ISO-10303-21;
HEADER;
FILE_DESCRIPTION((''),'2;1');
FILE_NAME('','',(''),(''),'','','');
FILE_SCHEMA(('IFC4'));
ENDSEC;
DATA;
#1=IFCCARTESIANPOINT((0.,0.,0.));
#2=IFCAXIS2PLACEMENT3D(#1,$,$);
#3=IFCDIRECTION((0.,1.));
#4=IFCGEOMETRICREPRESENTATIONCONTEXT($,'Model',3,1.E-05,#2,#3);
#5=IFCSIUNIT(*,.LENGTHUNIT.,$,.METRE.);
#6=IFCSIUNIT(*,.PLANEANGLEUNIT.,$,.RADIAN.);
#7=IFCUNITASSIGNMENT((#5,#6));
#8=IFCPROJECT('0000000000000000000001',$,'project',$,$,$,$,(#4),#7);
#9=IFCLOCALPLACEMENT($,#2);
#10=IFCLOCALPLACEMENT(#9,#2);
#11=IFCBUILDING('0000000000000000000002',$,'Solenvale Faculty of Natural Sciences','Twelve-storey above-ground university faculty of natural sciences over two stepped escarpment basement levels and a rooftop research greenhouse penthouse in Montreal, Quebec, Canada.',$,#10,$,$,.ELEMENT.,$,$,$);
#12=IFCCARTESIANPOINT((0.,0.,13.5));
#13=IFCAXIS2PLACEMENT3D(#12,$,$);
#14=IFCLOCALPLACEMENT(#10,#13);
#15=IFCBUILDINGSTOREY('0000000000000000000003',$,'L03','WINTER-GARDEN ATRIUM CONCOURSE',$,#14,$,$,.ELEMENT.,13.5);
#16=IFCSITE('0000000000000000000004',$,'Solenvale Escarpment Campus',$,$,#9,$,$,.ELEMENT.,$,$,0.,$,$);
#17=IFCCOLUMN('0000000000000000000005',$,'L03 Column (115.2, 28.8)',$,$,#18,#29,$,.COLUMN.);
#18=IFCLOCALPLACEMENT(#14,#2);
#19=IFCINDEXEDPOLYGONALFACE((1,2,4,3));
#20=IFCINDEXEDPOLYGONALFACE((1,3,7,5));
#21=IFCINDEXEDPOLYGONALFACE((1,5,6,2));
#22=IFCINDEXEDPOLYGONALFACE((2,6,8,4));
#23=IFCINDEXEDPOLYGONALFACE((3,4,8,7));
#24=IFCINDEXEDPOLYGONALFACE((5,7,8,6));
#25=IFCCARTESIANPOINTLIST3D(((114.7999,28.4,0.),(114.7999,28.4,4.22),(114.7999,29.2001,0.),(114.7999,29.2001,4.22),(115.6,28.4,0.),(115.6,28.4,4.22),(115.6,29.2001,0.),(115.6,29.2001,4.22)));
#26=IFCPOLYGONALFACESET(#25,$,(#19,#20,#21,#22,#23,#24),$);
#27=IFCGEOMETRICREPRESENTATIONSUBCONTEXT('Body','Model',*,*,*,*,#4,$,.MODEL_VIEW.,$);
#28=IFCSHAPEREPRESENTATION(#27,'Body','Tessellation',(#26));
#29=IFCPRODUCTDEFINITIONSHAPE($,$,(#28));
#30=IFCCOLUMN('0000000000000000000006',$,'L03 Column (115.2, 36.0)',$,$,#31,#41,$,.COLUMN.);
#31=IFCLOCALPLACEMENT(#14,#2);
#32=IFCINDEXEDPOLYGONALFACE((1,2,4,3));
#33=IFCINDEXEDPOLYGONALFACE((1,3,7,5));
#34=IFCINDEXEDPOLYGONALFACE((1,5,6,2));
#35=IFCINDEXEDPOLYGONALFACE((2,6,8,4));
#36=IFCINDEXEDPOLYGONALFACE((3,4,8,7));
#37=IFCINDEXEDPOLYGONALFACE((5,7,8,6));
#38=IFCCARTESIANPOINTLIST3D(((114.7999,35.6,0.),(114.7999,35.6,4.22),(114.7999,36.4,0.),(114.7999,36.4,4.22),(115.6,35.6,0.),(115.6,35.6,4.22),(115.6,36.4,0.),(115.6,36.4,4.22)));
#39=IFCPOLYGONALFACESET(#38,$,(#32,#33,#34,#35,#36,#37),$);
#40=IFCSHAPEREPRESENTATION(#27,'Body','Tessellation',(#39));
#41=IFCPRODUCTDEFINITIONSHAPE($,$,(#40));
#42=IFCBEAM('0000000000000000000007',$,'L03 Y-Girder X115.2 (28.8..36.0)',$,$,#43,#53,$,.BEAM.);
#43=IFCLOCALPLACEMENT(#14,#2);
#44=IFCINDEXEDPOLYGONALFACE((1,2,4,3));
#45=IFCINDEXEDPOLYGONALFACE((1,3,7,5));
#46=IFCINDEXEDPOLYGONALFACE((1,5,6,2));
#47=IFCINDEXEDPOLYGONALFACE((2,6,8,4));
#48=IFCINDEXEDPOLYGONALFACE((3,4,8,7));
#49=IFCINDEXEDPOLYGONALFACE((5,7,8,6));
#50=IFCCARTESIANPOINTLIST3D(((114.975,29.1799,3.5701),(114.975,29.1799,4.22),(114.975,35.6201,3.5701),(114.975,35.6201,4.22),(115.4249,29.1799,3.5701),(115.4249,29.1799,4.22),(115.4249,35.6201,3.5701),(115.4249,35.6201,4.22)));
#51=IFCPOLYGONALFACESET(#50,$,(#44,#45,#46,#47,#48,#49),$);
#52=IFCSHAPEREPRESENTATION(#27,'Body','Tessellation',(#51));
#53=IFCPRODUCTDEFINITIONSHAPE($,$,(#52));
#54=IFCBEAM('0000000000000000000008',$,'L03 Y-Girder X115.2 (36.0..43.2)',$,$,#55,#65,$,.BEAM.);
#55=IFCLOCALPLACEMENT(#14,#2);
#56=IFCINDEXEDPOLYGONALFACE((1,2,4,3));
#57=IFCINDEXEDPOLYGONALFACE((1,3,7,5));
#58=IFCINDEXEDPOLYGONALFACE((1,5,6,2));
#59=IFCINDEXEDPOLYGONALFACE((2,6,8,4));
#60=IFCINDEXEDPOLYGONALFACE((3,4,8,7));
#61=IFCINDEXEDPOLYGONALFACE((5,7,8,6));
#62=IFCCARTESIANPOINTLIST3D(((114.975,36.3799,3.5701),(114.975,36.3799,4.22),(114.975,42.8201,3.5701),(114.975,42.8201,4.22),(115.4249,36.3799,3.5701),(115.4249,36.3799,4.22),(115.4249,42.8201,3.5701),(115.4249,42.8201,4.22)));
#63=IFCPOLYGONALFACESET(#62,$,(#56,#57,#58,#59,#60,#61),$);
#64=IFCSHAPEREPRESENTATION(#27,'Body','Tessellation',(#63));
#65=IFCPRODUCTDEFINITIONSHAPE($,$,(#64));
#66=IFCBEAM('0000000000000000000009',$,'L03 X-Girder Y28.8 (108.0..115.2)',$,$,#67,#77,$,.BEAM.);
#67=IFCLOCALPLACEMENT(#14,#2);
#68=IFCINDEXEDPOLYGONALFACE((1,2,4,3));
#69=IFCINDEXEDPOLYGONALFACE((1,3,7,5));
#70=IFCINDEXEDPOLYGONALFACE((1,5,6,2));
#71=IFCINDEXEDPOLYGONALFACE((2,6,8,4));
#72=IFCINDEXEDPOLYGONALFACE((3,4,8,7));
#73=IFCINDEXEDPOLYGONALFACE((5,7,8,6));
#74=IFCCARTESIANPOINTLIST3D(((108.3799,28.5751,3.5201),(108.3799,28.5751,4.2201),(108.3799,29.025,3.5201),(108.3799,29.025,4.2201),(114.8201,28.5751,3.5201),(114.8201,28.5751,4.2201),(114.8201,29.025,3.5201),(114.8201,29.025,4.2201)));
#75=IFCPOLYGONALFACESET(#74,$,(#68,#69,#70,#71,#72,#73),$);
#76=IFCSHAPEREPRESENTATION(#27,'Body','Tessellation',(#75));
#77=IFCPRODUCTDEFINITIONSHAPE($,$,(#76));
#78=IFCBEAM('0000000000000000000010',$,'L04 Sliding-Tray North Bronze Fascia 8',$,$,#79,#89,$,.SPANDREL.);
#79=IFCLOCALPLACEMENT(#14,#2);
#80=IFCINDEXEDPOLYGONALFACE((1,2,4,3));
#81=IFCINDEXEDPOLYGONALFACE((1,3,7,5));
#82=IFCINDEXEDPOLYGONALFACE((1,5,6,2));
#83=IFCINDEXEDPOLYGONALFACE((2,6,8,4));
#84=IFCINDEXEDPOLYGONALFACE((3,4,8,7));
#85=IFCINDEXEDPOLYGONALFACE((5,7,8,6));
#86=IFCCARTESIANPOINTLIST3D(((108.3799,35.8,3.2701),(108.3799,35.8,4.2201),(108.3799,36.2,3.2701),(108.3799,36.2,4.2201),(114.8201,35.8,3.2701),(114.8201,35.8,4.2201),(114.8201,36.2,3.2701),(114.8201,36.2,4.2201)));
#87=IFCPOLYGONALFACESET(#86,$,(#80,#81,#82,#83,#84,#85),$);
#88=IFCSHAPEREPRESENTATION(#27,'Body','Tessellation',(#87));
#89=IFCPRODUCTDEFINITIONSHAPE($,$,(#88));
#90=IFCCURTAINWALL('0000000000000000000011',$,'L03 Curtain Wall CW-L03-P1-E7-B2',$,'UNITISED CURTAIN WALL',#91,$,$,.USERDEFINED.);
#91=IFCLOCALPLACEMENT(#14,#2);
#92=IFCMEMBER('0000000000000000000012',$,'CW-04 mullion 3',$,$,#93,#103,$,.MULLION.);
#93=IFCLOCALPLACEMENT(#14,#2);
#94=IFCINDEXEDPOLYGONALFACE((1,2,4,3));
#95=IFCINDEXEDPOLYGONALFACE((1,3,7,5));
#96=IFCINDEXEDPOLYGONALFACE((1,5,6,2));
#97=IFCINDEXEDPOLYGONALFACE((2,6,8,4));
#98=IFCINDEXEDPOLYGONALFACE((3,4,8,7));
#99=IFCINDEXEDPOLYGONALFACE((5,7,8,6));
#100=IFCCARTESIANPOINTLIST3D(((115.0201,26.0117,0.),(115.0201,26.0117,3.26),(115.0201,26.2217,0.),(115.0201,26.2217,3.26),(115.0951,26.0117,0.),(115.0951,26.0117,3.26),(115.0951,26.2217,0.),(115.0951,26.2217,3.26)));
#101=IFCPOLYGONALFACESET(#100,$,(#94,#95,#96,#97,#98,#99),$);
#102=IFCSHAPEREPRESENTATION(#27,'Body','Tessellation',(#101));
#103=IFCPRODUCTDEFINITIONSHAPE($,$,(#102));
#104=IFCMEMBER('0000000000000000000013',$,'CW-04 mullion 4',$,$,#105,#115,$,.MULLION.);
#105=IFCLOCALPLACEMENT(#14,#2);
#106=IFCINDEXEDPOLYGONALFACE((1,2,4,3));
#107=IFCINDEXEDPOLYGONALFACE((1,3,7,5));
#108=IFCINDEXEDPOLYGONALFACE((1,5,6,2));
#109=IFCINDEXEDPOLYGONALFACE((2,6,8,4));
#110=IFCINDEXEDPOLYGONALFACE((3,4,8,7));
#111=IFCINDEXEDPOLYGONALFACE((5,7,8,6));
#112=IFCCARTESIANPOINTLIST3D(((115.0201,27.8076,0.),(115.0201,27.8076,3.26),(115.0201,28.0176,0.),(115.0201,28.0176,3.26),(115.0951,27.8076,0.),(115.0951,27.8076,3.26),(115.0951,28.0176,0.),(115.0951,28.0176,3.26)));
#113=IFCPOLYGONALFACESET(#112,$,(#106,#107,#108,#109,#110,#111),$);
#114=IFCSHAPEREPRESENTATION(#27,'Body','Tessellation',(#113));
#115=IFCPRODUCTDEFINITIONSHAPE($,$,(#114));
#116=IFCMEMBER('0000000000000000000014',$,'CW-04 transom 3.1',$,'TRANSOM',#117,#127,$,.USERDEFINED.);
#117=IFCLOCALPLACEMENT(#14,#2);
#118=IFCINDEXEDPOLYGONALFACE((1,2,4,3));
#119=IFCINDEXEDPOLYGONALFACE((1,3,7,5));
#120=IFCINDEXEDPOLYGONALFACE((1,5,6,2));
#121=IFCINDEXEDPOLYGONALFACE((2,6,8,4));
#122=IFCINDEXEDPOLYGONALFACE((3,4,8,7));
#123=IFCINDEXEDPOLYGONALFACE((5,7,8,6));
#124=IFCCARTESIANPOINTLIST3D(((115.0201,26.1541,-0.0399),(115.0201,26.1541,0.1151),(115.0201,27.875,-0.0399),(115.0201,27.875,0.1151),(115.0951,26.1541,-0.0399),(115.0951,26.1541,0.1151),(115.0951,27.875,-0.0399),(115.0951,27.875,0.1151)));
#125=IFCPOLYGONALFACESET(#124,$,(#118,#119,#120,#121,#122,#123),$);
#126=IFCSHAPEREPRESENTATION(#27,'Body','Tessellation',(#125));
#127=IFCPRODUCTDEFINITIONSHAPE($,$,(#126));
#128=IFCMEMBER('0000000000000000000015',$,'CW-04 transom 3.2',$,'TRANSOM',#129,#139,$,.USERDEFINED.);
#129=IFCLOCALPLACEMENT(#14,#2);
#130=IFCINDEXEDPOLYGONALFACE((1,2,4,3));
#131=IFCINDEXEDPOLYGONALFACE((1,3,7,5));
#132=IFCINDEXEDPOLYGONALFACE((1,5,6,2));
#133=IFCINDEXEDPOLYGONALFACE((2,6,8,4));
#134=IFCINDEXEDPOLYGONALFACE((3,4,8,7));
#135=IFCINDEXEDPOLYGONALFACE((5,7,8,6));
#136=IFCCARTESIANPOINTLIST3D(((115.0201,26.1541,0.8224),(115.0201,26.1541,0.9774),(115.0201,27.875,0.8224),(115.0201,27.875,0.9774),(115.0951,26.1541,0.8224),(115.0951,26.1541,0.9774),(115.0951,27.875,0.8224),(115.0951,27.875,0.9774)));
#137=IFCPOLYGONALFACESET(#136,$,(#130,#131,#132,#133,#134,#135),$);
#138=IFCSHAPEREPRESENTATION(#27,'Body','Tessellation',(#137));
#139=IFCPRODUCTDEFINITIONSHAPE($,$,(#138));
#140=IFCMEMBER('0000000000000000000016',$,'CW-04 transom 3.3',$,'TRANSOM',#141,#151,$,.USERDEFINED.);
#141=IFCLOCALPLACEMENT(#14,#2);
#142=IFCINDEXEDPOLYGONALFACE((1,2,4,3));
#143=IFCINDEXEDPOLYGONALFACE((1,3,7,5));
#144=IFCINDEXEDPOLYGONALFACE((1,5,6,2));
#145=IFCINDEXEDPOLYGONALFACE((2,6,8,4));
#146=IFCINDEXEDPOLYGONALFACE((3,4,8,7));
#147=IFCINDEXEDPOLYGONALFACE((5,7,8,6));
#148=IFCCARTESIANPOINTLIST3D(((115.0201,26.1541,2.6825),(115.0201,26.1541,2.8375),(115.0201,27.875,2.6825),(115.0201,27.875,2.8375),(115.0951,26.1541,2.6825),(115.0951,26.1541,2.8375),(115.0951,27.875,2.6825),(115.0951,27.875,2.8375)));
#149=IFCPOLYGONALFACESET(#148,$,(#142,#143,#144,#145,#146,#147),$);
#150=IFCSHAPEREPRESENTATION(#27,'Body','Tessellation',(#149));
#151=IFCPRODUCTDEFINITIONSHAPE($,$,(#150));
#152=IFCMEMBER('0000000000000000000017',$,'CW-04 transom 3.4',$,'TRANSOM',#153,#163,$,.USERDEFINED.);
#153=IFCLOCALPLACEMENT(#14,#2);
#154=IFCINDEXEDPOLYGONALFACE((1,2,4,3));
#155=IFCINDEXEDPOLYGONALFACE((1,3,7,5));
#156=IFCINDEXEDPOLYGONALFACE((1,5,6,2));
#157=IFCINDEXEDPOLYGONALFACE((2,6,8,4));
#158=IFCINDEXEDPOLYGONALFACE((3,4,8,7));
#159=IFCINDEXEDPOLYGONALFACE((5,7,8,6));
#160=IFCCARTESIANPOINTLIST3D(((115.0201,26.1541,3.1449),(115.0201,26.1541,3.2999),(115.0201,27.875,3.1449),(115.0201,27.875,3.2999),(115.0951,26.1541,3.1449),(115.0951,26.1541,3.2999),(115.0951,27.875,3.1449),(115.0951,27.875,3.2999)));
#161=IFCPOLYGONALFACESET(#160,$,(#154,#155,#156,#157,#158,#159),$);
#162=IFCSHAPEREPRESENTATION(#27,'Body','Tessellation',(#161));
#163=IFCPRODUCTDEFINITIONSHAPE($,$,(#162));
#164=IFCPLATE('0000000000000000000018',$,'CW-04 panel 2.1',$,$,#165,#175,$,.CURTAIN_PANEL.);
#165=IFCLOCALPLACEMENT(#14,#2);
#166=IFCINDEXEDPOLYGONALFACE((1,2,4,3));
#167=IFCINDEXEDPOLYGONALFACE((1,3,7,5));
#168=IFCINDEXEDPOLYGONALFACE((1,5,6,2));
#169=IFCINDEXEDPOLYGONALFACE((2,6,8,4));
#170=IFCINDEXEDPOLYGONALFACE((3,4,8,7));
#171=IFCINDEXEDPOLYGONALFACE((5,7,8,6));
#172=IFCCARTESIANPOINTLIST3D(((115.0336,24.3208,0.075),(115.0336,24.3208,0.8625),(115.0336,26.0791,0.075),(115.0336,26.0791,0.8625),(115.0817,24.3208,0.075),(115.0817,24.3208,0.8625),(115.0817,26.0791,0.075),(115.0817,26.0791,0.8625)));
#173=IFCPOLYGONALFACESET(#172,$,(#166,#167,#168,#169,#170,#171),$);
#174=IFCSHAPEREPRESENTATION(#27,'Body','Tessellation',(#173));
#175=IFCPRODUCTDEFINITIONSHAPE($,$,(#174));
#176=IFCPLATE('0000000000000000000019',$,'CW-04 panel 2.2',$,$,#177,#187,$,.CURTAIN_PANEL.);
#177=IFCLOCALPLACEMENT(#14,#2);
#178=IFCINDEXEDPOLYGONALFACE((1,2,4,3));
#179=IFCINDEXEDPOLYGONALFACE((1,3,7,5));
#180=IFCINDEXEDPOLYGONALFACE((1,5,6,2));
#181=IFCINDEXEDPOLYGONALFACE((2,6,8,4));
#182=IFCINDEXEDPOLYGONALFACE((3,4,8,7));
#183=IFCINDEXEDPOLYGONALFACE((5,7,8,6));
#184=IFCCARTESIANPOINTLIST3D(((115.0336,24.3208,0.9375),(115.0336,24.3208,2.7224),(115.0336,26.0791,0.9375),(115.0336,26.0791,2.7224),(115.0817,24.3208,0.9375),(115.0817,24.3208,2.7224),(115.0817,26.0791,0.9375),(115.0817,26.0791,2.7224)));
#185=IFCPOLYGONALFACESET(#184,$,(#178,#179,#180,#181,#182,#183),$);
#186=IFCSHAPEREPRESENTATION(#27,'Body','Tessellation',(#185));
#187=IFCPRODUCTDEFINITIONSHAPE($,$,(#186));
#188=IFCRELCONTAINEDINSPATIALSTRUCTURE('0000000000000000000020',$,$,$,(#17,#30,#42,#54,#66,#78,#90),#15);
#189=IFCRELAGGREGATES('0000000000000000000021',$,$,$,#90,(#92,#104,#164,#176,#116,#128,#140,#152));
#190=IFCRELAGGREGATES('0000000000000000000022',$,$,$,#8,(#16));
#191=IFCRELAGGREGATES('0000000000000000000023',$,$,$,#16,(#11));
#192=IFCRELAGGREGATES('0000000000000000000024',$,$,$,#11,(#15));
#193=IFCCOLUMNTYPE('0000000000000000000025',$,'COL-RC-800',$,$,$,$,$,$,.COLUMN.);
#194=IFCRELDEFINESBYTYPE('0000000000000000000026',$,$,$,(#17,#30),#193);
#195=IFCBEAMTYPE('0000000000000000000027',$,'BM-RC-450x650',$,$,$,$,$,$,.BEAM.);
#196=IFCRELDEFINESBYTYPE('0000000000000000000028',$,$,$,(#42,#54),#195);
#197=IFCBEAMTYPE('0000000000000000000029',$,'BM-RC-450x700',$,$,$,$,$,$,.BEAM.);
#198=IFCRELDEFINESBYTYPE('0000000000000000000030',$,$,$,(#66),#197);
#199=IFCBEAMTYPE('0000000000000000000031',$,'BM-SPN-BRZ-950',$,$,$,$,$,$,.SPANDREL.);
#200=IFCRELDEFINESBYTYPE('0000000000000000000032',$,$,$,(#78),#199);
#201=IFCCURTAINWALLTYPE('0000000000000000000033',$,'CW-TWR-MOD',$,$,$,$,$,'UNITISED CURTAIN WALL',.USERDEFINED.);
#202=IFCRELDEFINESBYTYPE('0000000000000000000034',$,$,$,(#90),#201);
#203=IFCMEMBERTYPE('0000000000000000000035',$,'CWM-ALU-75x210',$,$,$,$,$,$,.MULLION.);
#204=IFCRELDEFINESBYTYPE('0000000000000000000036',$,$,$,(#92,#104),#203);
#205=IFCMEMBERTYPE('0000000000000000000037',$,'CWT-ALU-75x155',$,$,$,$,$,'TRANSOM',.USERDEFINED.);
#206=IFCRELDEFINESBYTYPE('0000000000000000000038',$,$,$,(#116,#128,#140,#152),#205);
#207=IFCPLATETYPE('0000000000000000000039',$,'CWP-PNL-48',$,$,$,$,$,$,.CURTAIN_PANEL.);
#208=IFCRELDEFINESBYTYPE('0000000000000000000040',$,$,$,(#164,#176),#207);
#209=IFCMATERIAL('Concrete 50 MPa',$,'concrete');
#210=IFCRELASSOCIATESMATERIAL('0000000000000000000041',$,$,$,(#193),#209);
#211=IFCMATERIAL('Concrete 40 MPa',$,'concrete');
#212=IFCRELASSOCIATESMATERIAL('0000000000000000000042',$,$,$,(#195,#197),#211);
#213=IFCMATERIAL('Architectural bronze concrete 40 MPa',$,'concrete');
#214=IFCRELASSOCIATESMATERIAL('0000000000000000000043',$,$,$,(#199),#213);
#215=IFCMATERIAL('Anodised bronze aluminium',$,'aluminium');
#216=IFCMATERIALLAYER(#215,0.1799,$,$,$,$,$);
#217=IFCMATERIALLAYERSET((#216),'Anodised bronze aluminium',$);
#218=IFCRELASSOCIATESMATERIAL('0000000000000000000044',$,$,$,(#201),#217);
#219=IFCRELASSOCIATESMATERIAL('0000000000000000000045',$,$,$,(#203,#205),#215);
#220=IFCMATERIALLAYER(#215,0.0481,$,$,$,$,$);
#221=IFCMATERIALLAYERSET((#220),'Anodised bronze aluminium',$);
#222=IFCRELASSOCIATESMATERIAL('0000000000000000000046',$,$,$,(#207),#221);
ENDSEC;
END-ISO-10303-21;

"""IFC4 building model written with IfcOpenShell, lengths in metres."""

from ifc_helpers import new_model, si_unit, direction, frame, origin, origin_2d, place, context, subcontext, project, spatial, rectangle, extrude, material, layer, layer_set, material_profile, profile_set, type_object, element, aggregate, save


model = new_model("IFC4")

# Units and contexts
model_context = context("Model", 3, precision=1e-05, world=origin(), true_north=direction((0.0, 1.0)))
body_context = subcontext(model_context, "Body", "Model", "MODEL_VIEW")
ifc_project = project(units=[si_unit("LENGTHUNIT", "METRE"), si_unit("PLANEANGLEUNIT", "RADIAN")], contexts=[model_context])

# Site, building, storey
site_placement = place(None, origin())
site = spatial("IfcSite", under=ifc_project, at=site_placement, Name="Solenvale Escarpment Campus", CompositionType="ELEMENT", RefElevation=0.0)
building_placement = place(site_placement, origin())
building = spatial("IfcBuilding", under=site, at=building_placement, Name="Solenvale Faculty of Natural Sciences", Description="Twelve-storey above-ground university faculty of natural sciences over two stepped escarpment basement levels and a rooftop research greenhouse penthouse in Montreal, Quebec, Canada.", CompositionType="ELEMENT")
storey_placement = place(building_placement, frame((0.0, 0.0, 13.5)))
storey = spatial("IfcBuildingStorey", under=building, at=storey_placement, Name="L03", Description="WINTER-GARDEN ATRIUM CONCOURSE", CompositionType="ELEMENT", Elevation=13.5)

# Columns
ifc_material_1 = material(Name="Concrete 50 MPa", Category="concrete")
ifc_material_profile_1 = material_profile(ifc_material_1, rectangle(XDim=0.8, YDim=0.8, at=origin_2d()), Name="RC-COL-800x800")
ifc_profile_set_1 = profile_set([ifc_material_profile_1], Name="Concrete 50 MPa")
column_type = type_object("IfcColumnType", Name="COL-RC-800", PredefinedType="COLUMN", material=ifc_profile_set_1)
for number, where, z_axis, x_axis, name in (
    (1, (115.2, 28.8, 0.0), (0.0, 0.0, 1.0), (1.0, 0.0, 0.0), "L03 Column (115.2, 28.8)"),
    (2, (115.2, 36.0, 0.0), (0.0, 0.0, 1.0), (1.0, 0.0, 0.0), "L03 Column (115.2, 36.0)"),
):
    element("IfcColumn", number, at=place(storey_placement, frame(where, z_axis=z_axis, x_axis=x_axis)), inside=storey, type_object=column_type, Name=name, PredefinedType="COLUMN", context=body_context, shape_type="SweptSolid", body=[
        extrude(rectangle(XDim=0.8, YDim=0.8, at=origin_2d()), origin(), (0.0, 0.0, 1.0), 4.22),
    ])

# Beams
ifc_material_2 = material(Name="Concrete 40 MPa", Category="concrete")
ifc_material_profile_2 = material_profile(ifc_material_2, rectangle(XDim=0.45, YDim=0.6499, at=origin_2d()), Name="RC-BM-450x650")
ifc_profile_set_2 = profile_set([ifc_material_profile_2], Name="Concrete 40 MPa")
beam_type_1 = type_object("IfcBeamType", Name="BM-RC-450x650", PredefinedType="BEAM", material=ifc_profile_set_2)
for number, where, z_axis, x_axis, name in (
    (3, (115.2, 29.1799, 3.895), (0.0, 1.0, 0.0), (-1.0, 0.0, 0.0), "L03 Y-Girder X115.2 (28.8..36.0)"),
    (4, (115.2, 36.3799, 3.895), (0.0, 1.0, 0.0), (-1.0, 0.0, 0.0), "L03 Y-Girder X115.2 (36.0..43.2)"),
):
    element("IfcBeam", number, at=place(storey_placement, frame(where, z_axis=z_axis, x_axis=x_axis)), inside=storey, type_object=beam_type_1, Name=name, PredefinedType="BEAM", context=body_context, shape_type="SweptSolid", body=[
        extrude(rectangle(XDim=0.45, YDim=0.6499, at=origin_2d()), origin(), (0.0, 0.0, 1.0), 6.4402),
    ])
ifc_material_profile_3 = material_profile(ifc_material_2, rectangle(XDim=0.45, YDim=0.7, at=origin_2d()), Name="RC-BM-450x700")
ifc_profile_set_3 = profile_set([ifc_material_profile_3], Name="Concrete 40 MPa")
beam_type_2 = type_object("IfcBeamType", Name="BM-RC-450x700", PredefinedType="BEAM", material=ifc_profile_set_3)
beam_1_placement = place(storey_placement, frame((108.3799, 28.8, 3.8701), z_axis=(1.0, 0.0, 0.0), x_axis=(0.0, 1.0, 0.0)))
element("IfcBeam", 5, at=beam_1_placement, inside=storey, type_object=beam_type_2, Name="L03 X-Girder Y28.8 (108.0..115.2)", PredefinedType="BEAM", context=body_context, shape_type="SweptSolid", body=[
    extrude(rectangle(XDim=0.45, YDim=0.7, at=origin_2d()), origin(), (0.0, 0.0, 1.0), 6.4402),
])
ifc_material_3 = material(Name="Architectural bronze concrete 40 MPa", Category="concrete")
ifc_material_profile_4 = material_profile(ifc_material_3, rectangle(XDim=0.3999, YDim=0.95, at=origin_2d()), Name="RC-SPN-400x950")
ifc_profile_set_4 = profile_set([ifc_material_profile_4], Name="Architectural bronze concrete 40 MPa")
beam_type_3 = type_object("IfcBeamType", Name="BM-SPN-BRZ-950", PredefinedType="SPANDREL", material=ifc_profile_set_4)
beam_2_placement = place(storey_placement, frame((108.3799, 36.0, 3.7451), z_axis=(1.0, 0.0, 0.0), x_axis=(0.0, 1.0, 0.0)))
element("IfcBeam", 6, at=beam_2_placement, inside=storey, type_object=beam_type_3, Name="L04 Sliding-Tray North Bronze Fascia 8", PredefinedType="SPANDREL", context=body_context, shape_type="SweptSolid", body=[
    extrude(rectangle(XDim=0.3999, YDim=0.95, at=origin_2d()), origin(), (0.0, 0.0, 1.0), 6.4402),
])

# Curtain wall, members, plates
ifc_material_4 = material(Name="Anodised bronze aluminium", Category="aluminium")
ifc_layer_1 = layer(ifc_material_4, 0.1799)
ifc_layer_set_1 = layer_set([ifc_layer_1], Name="Anodised bronze aluminium")
curtain_wall_type = type_object("IfcCurtainWallType", Name="CW-TWR-MOD", ElementType="UNITISED CURTAIN WALL", PredefinedType="USERDEFINED", material=ifc_layer_set_1)
curtain_wall_placement = place(storey_placement, origin())
curtain_wall = element("IfcCurtainWall", 7, at=curtain_wall_placement, inside=storey, type_object=curtain_wall_type, Name="L03 Curtain Wall CW-L03-P1-E7-B2", ObjectType="UNITISED CURTAIN WALL", PredefinedType="USERDEFINED")
ifc_material_profile_5 = material_profile(ifc_material_4, rectangle(XDim=0.075, YDim=0.21, at=origin_2d()), Name="ALU-MUL-75x210")
ifc_profile_set_5 = profile_set([ifc_material_profile_5], Name="Anodised bronze aluminium")
member_type_1 = type_object("IfcMemberType", Name="CWM-ALU-75x210", PredefinedType="MULLION", material=ifc_profile_set_5)
member_1_placement = place(storey_placement, frame((115.0576, 26.1167, 0.0), z_axis=(0.0, 0.0, 1.0), x_axis=(-1.0, 0.0, 0.0)))
member_1 = element("IfcMember", 8, at=member_1_placement, type_object=member_type_1, Name="CW-04 mullion 3", PredefinedType="MULLION", context=body_context, shape_type="SweptSolid", body=[
    extrude(rectangle(XDim=0.075, YDim=0.21, at=origin_2d()), origin(), (0.0, 0.0, 1.0), 3.26),
])
member_2_placement = place(storey_placement, frame((115.0576, 27.9126, 0.0), z_axis=(0.0, 0.0, 1.0), x_axis=(-1.0, 0.0, 0.0)))
member_2 = element("IfcMember", 9, at=member_2_placement, type_object=member_type_1, Name="CW-04 mullion 4", PredefinedType="MULLION", context=body_context, shape_type="SweptSolid", body=[
    extrude(rectangle(XDim=0.075, YDim=0.21, at=origin_2d()), origin(), (0.0, 0.0, 1.0), 3.26),
])
ifc_material_profile_6 = material_profile(ifc_material_4, rectangle(XDim=0.075, YDim=0.155, at=origin_2d()), Name="ALU-TRN-75x155")
ifc_profile_set_6 = profile_set([ifc_material_profile_6], Name="Anodised bronze aluminium")
member_type_2 = type_object("IfcMemberType", Name="CWT-ALU-75x155", ElementType="TRANSOM", PredefinedType="USERDEFINED", material=ifc_profile_set_6)
member_3_placement = place(storey_placement, frame((115.0576, 26.1541, 0.0376), z_axis=(0.0, 1.0, 0.0), x_axis=(-1.0, 0.0, 0.0)))
member_3 = element("IfcMember", 10, at=member_3_placement, type_object=member_type_2, Name="CW-04 transom 3.1", ObjectType="TRANSOM", PredefinedType="USERDEFINED", context=body_context, shape_type="SweptSolid", body=[
    extrude(rectangle(XDim=0.075, YDim=0.155, at=origin_2d()), origin(), (0.0, 0.0, 1.0), 1.7209),
])
member_4_placement = place(storey_placement, frame((115.0576, 26.1541, 0.8999), z_axis=(0.0, 1.0, 0.0), x_axis=(-1.0, 0.0, 0.0)))
member_4 = element("IfcMember", 11, at=member_4_placement, type_object=member_type_2, Name="CW-04 transom 3.2", ObjectType="TRANSOM", PredefinedType="USERDEFINED", context=body_context, shape_type="SweptSolid", body=[
    extrude(rectangle(XDim=0.075, YDim=0.155, at=origin_2d()), origin(), (0.0, 0.0, 1.0), 1.7209),
])
member_5_placement = place(storey_placement, frame((115.0576, 26.1541, 2.76), z_axis=(0.0, 1.0, 0.0), x_axis=(-1.0, 0.0, 0.0)))
member_5 = element("IfcMember", 12, at=member_5_placement, type_object=member_type_2, Name="CW-04 transom 3.3", ObjectType="TRANSOM", PredefinedType="USERDEFINED", context=body_context, shape_type="SweptSolid", body=[
    extrude(rectangle(XDim=0.075, YDim=0.155, at=origin_2d()), origin(), (0.0, 0.0, 1.0), 1.7209),
])
member_6_placement = place(storey_placement, frame((115.0576, 26.1541, 3.2224), z_axis=(0.0, 1.0, 0.0), x_axis=(-1.0, 0.0, 0.0)))
member_6 = element("IfcMember", 13, at=member_6_placement, type_object=member_type_2, Name="CW-04 transom 3.4", ObjectType="TRANSOM", PredefinedType="USERDEFINED", context=body_context, shape_type="SweptSolid", body=[
    extrude(rectangle(XDim=0.075, YDim=0.155, at=origin_2d()), origin(), (0.0, 0.0, 1.0), 1.7209),
])
ifc_layer_2 = layer(ifc_material_4, 0.0481)
ifc_layer_set_2 = layer_set([ifc_layer_2], Name="Anodised bronze aluminium")
plate_type = type_object("IfcPlateType", Name="CWP-PNL-48", PredefinedType="CURTAIN_PANEL", material=ifc_layer_set_2)
plate_1_placement = place(storey_placement, frame((115.0576, 25.2, 0.075), z_axis=(0.0, 0.0, 1.0), x_axis=(0.0, 1.0, 0.0)))
plate_1 = element("IfcPlate", 14, at=plate_1_placement, type_object=plate_type, Name="CW-04 panel 2.1", PredefinedType="CURTAIN_PANEL", context=body_context, shape_type="SweptSolid", body=[
    extrude(rectangle(XDim=1.7583, YDim=0.0481, at=origin_2d()), origin(), (0.0, 0.0, 1.0), 0.7876),
])
plate_2_placement = place(storey_placement, frame((115.0576, 25.2, 0.9375), z_axis=(0.0, 0.0, 1.0), x_axis=(0.0, 1.0, 0.0)))
plate_2 = element("IfcPlate", 15, at=plate_2_placement, type_object=plate_type, Name="CW-04 panel 2.2", PredefinedType="CURTAIN_PANEL", context=body_context, shape_type="SweptSolid", body=[
    extrude(rectangle(XDim=1.7583, YDim=0.0481, at=origin_2d()), origin(), (0.0, 0.0, 1.0), 1.7849),
])
aggregate(curtain_wall, [member_1, member_2, plate_1, plate_2, member_3, member_4, member_5, member_6])

save(model, "model.ifc")
